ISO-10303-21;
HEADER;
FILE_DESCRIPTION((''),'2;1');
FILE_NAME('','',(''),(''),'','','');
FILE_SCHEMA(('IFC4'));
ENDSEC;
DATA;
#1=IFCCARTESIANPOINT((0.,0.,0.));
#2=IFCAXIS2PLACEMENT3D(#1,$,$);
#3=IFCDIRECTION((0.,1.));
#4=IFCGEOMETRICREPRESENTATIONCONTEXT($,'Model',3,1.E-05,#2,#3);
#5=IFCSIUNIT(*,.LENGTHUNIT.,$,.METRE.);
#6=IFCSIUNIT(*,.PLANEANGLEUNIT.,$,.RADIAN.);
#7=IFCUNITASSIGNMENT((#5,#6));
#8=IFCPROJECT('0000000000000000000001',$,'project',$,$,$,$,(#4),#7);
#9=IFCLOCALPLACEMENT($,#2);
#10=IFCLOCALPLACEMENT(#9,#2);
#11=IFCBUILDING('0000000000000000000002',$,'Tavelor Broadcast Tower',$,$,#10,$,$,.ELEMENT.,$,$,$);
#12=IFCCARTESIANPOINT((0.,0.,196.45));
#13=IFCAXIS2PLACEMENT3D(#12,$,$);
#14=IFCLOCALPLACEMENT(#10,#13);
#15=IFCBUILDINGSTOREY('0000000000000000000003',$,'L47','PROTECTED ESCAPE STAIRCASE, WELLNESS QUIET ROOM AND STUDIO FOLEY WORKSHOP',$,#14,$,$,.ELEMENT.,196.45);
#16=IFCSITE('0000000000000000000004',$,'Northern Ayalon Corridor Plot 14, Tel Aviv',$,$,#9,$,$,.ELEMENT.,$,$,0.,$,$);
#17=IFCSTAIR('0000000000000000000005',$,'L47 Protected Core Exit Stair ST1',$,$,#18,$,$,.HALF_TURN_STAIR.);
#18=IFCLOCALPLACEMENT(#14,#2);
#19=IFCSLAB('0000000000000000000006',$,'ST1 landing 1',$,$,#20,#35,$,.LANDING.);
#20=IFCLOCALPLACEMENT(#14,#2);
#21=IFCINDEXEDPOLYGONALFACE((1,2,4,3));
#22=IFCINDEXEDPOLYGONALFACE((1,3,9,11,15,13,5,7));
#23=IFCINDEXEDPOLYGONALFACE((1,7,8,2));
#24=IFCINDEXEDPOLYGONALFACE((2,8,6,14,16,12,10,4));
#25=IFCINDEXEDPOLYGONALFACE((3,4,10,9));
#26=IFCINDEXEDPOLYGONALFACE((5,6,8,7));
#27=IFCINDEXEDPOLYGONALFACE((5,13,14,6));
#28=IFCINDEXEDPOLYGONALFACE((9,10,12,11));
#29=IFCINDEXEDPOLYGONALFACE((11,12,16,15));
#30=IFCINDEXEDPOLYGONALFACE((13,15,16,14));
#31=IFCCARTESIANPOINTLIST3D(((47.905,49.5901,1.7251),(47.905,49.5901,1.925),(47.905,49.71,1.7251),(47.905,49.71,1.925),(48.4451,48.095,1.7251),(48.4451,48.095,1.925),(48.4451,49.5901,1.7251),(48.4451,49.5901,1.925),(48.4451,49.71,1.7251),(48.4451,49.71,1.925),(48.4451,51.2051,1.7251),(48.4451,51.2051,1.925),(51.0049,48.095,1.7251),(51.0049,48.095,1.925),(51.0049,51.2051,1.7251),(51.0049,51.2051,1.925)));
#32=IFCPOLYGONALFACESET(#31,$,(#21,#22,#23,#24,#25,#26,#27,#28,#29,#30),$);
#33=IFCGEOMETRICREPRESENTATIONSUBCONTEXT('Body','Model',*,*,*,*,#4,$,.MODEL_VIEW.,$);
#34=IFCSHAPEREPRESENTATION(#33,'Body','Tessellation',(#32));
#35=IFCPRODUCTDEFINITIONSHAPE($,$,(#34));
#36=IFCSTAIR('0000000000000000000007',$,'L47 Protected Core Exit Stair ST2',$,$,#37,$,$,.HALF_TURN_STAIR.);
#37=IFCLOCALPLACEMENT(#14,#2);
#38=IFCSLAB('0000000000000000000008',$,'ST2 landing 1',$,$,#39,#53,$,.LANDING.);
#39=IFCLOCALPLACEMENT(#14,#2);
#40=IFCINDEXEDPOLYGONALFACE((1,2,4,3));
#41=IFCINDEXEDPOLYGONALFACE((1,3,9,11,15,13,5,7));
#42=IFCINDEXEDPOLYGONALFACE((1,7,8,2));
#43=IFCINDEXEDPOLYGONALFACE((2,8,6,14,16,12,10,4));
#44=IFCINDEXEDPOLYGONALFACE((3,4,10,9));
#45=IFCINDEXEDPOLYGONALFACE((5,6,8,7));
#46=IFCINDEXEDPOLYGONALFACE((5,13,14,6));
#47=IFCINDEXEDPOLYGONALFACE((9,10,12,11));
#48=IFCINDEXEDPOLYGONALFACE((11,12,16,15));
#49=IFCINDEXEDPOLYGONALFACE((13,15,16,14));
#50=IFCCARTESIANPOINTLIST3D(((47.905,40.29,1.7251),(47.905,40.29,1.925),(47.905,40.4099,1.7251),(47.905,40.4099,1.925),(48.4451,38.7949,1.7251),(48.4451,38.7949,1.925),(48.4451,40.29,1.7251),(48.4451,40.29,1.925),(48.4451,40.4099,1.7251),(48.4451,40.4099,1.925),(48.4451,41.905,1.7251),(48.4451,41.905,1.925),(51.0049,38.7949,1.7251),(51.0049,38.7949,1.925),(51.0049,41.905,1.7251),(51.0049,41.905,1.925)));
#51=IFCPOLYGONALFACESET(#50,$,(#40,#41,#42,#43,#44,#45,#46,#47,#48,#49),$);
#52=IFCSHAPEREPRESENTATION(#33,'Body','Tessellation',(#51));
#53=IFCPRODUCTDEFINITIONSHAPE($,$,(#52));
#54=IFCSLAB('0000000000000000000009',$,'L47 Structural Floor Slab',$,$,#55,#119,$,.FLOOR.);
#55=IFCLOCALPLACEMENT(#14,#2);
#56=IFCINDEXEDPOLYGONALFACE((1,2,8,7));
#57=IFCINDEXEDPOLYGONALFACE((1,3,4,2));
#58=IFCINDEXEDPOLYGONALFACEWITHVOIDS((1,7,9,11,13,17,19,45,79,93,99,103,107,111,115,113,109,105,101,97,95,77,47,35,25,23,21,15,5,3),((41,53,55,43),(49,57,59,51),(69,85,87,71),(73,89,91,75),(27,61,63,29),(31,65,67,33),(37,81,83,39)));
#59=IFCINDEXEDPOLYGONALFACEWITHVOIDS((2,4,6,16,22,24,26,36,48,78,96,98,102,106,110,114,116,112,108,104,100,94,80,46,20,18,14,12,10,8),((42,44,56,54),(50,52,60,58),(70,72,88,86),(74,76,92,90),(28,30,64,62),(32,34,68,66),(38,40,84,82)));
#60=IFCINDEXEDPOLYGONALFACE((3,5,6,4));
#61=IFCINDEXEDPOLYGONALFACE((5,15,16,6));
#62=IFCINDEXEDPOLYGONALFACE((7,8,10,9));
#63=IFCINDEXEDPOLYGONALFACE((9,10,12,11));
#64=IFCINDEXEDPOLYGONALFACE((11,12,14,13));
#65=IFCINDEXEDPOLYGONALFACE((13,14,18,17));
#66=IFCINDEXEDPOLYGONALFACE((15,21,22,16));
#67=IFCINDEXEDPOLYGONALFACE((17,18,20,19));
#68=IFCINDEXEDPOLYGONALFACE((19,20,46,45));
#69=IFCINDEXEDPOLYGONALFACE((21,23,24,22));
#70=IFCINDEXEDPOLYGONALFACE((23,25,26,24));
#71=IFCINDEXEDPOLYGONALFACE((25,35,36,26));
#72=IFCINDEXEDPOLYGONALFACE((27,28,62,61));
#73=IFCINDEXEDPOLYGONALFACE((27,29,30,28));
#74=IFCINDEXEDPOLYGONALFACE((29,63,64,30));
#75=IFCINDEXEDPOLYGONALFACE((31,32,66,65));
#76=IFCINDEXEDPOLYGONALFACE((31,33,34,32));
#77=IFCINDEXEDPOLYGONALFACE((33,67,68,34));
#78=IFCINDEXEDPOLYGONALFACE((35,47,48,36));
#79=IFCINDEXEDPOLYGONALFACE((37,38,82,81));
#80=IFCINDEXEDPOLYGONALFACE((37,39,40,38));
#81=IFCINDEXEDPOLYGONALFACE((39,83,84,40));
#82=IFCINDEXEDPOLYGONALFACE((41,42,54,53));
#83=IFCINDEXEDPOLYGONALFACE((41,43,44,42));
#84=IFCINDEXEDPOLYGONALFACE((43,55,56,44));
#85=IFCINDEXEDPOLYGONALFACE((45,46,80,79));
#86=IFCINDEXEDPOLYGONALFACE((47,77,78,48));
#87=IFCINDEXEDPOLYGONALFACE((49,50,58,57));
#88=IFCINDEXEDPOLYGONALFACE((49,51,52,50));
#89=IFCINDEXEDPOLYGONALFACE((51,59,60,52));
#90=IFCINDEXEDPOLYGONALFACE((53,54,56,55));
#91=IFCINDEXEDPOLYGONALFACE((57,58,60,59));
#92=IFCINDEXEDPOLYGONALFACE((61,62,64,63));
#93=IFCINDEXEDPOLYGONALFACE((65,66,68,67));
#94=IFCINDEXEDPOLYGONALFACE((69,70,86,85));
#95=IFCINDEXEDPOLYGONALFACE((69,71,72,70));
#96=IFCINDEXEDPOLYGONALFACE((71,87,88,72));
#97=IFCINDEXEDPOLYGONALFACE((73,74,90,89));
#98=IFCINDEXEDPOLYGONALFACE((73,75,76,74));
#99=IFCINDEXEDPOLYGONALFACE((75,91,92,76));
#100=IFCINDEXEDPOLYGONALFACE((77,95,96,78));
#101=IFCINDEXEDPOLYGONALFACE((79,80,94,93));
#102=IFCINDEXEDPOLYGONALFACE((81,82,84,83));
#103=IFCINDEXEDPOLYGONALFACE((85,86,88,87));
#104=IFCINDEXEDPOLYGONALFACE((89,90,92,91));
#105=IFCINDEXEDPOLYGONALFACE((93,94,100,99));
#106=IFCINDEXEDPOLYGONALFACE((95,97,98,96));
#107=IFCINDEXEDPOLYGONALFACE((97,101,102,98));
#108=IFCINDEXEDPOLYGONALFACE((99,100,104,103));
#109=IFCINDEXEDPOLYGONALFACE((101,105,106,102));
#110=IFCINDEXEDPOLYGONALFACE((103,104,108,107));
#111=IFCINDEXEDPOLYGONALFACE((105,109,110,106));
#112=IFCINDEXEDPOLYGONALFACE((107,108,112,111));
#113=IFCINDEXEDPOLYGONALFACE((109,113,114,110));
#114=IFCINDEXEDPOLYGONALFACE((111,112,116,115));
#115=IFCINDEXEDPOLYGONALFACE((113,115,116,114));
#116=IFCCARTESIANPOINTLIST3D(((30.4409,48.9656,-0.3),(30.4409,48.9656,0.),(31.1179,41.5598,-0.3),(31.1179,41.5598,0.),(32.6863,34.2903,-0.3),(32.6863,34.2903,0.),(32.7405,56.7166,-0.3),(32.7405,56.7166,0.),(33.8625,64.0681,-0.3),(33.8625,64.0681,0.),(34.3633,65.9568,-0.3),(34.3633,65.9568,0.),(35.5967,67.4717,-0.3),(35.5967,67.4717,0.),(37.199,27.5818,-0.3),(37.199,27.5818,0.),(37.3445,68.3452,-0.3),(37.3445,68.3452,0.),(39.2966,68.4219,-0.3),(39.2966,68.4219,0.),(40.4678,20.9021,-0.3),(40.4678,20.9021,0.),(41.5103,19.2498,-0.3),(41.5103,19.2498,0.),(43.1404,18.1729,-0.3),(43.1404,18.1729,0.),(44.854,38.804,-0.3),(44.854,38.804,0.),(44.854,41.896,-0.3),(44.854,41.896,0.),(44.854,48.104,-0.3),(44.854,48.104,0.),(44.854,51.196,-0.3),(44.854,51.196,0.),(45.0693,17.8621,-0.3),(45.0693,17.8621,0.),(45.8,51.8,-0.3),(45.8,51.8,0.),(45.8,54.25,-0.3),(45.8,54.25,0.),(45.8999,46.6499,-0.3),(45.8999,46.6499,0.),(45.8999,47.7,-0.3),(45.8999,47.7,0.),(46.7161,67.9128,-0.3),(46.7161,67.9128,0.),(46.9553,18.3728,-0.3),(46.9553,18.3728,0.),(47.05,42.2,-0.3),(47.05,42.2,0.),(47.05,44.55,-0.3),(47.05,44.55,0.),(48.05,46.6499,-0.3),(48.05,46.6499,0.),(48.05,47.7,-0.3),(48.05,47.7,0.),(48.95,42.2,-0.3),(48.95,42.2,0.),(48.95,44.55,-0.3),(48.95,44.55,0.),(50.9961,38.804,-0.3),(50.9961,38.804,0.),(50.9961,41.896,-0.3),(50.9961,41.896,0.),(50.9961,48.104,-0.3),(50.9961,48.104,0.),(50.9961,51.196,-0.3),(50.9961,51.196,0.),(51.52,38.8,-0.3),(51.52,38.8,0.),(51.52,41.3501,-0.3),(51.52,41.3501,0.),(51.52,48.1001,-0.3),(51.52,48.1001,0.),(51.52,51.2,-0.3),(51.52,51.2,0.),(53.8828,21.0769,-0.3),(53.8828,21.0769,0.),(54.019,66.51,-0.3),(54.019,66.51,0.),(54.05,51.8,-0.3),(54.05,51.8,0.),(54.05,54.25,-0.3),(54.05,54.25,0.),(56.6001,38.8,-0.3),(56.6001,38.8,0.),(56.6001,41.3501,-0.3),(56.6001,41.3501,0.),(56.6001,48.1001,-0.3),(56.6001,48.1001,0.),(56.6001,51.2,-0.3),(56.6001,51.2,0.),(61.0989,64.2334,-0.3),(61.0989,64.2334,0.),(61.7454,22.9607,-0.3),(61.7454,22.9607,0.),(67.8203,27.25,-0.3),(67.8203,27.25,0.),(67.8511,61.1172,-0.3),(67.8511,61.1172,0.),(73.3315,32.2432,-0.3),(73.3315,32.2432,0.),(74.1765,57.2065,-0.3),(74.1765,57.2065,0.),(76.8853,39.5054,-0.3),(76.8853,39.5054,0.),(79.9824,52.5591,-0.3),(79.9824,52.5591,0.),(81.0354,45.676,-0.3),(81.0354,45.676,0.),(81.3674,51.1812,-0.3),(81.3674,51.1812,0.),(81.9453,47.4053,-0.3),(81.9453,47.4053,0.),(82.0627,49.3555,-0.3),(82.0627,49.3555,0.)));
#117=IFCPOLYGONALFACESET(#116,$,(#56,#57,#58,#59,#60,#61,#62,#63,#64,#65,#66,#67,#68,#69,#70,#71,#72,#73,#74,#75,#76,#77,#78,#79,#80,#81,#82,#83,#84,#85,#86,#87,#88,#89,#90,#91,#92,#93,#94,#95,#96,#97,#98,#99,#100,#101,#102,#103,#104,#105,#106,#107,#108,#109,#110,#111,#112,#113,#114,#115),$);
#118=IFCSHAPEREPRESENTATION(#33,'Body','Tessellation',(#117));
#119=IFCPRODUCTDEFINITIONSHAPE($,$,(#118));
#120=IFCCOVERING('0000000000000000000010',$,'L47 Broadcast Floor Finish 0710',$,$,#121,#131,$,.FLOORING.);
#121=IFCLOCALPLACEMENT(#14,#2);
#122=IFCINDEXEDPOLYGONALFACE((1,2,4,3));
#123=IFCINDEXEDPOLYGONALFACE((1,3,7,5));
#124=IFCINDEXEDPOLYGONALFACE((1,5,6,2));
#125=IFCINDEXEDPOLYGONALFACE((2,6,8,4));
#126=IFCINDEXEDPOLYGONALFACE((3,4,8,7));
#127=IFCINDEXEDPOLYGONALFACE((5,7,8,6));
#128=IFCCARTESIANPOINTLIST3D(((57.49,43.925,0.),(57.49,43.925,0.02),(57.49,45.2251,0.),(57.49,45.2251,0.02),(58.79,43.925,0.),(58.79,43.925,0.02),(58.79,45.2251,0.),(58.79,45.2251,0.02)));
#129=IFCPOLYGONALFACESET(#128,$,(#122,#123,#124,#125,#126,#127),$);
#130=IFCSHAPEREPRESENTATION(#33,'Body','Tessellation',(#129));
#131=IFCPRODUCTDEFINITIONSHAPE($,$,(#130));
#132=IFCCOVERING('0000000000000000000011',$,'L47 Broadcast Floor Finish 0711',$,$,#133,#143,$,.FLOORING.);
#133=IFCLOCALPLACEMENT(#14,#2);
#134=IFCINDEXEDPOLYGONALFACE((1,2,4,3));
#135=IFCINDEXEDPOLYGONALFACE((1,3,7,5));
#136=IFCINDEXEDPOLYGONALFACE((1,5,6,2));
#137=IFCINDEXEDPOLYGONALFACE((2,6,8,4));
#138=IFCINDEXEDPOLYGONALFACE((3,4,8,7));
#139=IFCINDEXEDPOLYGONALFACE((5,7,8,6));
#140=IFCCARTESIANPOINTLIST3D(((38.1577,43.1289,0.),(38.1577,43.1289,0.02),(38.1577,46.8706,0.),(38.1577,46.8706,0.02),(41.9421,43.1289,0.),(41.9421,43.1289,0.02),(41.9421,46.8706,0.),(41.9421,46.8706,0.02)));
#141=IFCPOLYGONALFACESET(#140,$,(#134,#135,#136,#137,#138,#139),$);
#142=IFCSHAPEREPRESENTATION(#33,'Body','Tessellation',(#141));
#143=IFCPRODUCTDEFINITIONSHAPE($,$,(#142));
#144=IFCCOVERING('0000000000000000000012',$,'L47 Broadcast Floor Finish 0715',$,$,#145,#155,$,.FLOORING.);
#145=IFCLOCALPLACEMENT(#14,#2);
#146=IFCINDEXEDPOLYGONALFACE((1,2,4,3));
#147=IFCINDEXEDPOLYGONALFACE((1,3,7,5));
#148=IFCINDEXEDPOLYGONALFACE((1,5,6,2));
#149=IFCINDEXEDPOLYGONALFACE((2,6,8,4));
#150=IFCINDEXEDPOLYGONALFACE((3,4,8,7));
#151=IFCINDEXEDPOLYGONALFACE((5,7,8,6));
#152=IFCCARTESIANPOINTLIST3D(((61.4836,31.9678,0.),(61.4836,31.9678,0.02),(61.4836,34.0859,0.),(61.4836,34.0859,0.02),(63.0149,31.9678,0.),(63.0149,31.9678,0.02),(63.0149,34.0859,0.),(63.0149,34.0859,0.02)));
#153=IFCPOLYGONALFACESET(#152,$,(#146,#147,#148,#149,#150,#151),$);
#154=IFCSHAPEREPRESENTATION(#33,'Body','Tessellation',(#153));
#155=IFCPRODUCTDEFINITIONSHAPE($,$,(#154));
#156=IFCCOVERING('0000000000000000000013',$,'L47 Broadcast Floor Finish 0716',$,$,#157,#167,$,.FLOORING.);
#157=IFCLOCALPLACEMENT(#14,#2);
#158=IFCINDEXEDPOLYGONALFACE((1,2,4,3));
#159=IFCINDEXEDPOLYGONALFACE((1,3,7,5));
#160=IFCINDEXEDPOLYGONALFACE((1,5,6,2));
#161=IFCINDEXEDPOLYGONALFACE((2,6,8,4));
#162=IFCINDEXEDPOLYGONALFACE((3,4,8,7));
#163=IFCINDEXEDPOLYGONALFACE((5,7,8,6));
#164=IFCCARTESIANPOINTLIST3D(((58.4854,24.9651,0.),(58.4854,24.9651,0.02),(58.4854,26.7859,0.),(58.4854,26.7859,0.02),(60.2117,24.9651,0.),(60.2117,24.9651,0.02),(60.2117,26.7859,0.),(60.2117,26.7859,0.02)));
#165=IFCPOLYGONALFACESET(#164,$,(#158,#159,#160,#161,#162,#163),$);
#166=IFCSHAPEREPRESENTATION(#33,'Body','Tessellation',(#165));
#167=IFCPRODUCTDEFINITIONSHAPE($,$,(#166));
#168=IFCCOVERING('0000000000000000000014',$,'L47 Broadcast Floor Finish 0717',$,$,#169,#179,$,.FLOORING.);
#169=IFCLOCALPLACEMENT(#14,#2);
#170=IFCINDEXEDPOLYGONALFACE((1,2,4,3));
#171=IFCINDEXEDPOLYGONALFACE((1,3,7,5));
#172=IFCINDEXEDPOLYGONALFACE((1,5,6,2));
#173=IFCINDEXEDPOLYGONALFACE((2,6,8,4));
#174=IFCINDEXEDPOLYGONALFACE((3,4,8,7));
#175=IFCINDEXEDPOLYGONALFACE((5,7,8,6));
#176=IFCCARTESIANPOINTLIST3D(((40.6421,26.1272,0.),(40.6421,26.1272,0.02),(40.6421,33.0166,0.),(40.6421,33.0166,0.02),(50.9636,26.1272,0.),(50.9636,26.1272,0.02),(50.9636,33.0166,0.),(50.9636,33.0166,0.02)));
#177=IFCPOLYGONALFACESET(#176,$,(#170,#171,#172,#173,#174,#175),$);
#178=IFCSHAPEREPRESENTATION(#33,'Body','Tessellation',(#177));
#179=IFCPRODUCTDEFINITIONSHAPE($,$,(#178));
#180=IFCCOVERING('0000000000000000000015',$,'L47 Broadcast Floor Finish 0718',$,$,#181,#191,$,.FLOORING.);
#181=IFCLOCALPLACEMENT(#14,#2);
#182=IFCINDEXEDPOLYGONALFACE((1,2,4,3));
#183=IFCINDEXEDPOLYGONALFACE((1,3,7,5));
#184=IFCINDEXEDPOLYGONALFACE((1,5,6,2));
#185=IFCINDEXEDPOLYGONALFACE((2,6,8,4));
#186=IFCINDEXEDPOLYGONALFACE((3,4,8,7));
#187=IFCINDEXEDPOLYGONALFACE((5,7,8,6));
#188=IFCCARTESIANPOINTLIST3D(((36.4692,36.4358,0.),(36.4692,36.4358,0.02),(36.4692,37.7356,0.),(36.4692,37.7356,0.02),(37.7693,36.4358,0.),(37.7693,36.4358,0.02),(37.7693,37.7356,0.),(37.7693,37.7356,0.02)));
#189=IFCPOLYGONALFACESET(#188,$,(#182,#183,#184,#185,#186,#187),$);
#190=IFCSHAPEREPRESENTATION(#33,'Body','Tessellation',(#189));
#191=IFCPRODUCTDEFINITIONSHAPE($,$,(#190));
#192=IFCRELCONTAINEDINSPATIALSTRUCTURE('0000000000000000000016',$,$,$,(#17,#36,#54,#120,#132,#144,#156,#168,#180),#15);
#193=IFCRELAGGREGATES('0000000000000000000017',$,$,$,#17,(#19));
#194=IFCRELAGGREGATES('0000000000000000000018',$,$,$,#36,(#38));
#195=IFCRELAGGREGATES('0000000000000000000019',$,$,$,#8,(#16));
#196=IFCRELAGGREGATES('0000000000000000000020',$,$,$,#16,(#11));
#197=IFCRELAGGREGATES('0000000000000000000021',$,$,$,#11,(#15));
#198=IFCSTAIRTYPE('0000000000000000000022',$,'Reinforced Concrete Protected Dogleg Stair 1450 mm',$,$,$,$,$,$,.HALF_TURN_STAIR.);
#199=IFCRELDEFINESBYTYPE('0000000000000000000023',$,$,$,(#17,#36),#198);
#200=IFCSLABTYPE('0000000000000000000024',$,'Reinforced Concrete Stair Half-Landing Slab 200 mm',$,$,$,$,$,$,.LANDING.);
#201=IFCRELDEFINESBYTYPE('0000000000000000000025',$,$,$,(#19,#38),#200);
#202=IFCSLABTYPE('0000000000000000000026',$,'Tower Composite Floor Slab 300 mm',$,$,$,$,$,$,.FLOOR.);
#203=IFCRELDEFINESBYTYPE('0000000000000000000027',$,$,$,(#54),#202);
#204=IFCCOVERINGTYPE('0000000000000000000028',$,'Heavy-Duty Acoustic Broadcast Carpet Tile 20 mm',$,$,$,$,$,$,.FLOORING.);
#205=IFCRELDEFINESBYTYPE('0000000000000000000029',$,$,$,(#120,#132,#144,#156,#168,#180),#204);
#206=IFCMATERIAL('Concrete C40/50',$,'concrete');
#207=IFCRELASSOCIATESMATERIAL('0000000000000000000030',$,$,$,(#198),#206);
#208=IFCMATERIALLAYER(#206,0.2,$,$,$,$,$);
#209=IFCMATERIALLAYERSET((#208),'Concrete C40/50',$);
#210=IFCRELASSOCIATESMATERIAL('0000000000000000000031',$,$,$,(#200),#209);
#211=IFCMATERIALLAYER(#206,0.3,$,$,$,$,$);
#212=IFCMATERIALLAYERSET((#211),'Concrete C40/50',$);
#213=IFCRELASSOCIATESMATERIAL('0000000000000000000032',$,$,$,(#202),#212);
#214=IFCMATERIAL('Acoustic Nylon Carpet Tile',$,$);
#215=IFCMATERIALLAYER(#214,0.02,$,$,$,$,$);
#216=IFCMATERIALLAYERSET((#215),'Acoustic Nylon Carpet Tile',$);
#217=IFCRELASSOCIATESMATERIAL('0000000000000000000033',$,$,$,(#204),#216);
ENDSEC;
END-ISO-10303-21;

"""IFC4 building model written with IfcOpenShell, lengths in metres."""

from ifc_helpers import new_model, si_unit, direction, frame, origin, place, context, subcontext, project, spatial, polyline, outline, extrude, material, layer, layer_set, type_object, element, aggregate, save


model = new_model("IFC4")

# Units and contexts
model_context = context("Model", 3, precision=1e-05, world=origin(), true_north=direction((0.0, 1.0)))
body_context = subcontext(model_context, "Body", "Model", "MODEL_VIEW")
ifc_project = project(units=[si_unit("LENGTHUNIT", "METRE"), si_unit("PLANEANGLEUNIT", "RADIAN")], contexts=[model_context])

# Site, building, storey
site_placement = place(None, origin())
site = spatial("IfcSite", under=ifc_project, at=site_placement, Name="Northern Ayalon Corridor Plot 14, Tel Aviv", CompositionType="ELEMENT", RefElevation=0.0)
building_placement = place(site_placement, origin())
building = spatial("IfcBuilding", under=site, at=building_placement, Name="Tavelor Broadcast Tower", CompositionType="ELEMENT")
storey_placement = place(building_placement, frame((0.0, 0.0, 196.45)))
storey = spatial("IfcBuildingStorey", under=building, at=storey_placement, Name="L47", Description="PROTECTED ESCAPE STAIRCASE, WELLNESS QUIET ROOM AND STUDIO FOLEY WORKSHOP", CompositionType="ELEMENT", Elevation=196.45)

# Stairs, slabs
ifc_material_1 = material(Name="Concrete C40/50", Category="concrete")
stair_type = type_object("IfcStairType", Name="Reinforced Concrete Protected Dogleg Stair 1450 mm", PredefinedType="HALF_TURN_STAIR", material=ifc_material_1)
stair_1_placement = place(storey_placement, origin())
stair_1 = element("IfcStair", 1, at=stair_1_placement, inside=storey, type_object=stair_type, Name="L47 Protected Core Exit Stair ST1", PredefinedType="HALF_TURN_STAIR")
ifc_layer_1 = layer(ifc_material_1, 0.2)
ifc_layer_set_1 = layer_set([ifc_layer_1], Name="Concrete C40/50")
slab_type_1 = type_object("IfcSlabType", Name="Reinforced Concrete Stair Half-Landing Slab 200 mm", PredefinedType="LANDING", material=ifc_layer_set_1)
slab_1_placement = place(storey_placement, frame((0.0, 0.0, 1.7251)))
slab_1 = element("IfcSlab", 2, at=slab_1_placement, type_object=slab_type_1, Name="ST1 landing 1", PredefinedType="LANDING", context=body_context, shape_type="SweptSolid", body=[
    extrude(outline(polyline([(48.4451, 49.5901), (48.4451, 48.095), (51.0049, 48.095), (51.0049, 51.2051), (48.4451, 51.2051), (48.4451, 49.71), (47.905, 49.71), (47.905, 49.5901), (48.4451, 49.5901)])), origin(), (0.0, 0.0, 1.0), 0.2),
])
aggregate(stair_1, [slab_1])
stair_2_placement = place(storey_placement, origin())
stair_2 = element("IfcStair", 3, at=stair_2_placement, inside=storey, type_object=stair_type, Name="L47 Protected Core Exit Stair ST2", PredefinedType="HALF_TURN_STAIR")
slab_2_placement = place(storey_placement, frame((0.0, 0.0, 1.7251)))
slab_2 = element("IfcSlab", 4, at=slab_2_placement, type_object=slab_type_1, Name="ST2 landing 1", PredefinedType="LANDING", context=body_context, shape_type="SweptSolid", body=[
    extrude(outline(polyline([(48.4451, 40.29), (48.4451, 38.7949), (51.0049, 38.7949), (51.0049, 41.905), (48.4451, 41.905), (48.4451, 40.4099), (47.905, 40.4099), (47.905, 40.29), (48.4451, 40.29)])), origin(), (0.0, 0.0, 1.0), 0.2),
])
aggregate(stair_2, [slab_2])

# Slab
ifc_layer_2 = layer(ifc_material_1, 0.3)
ifc_layer_set_2 = layer_set([ifc_layer_2], Name="Concrete C40/50")
slab_type_2 = type_object("IfcSlabType", Name="Tower Composite Floor Slab 300 mm", PredefinedType="FLOOR", material=ifc_layer_set_2)
slab_3_placement = place(storey_placement, frame((0.0, 0.0, -0.3)))
element("IfcSlab", 5, at=slab_3_placement, inside=storey, type_object=slab_type_2, Name="L47 Structural Floor Slab", PredefinedType="FLOOR", context=body_context, shape_type="SweptSolid", body=[
    extrude(outline(polyline([(39.2966, 68.4219), (37.3445, 68.3452), (35.5967, 67.4717), (34.3633, 65.9568), (33.8625, 64.0681), (32.7405, 56.7166), (30.4409, 48.9656), (31.1179, 41.5598), (32.6863, 34.2903), (37.199, 27.5818), (40.4678, 20.9021), (41.5103, 19.2498), (43.1404, 18.1729), (45.0693, 17.8621), (46.9553, 18.3728), (53.8828, 21.0769), (61.7454, 22.9607), (67.8203, 27.25), (73.3315, 32.2432), (76.8853, 39.5054), (81.0354, 45.676), (81.9453, 47.4053), (82.0627, 49.3555), (81.3674, 51.1812), (79.9824, 52.5591), (74.1765, 57.2065), (67.8511, 61.1172), (61.0989, 64.2334), (54.019, 66.51), (46.7161, 67.9128), (39.2966, 68.4219)]), holes=[polyline([(56.6001, 41.3501), (56.6001, 38.8), (51.52, 38.8), (51.52, 41.3501), (56.6001, 41.3501)]), polyline([(50.9961, 38.804), (44.854, 38.804), (44.854, 41.896), (50.9961, 41.896), (50.9961, 38.804)]), polyline([(47.05, 42.2), (47.05, 44.55), (48.95, 44.55), (48.95, 42.2), (47.05, 42.2)]), polyline([(48.05, 46.6499), (45.8999, 46.6499), (45.8999, 47.7), (48.05, 47.7), (48.05, 46.6499)]), polyline([(50.9961, 48.104), (44.854, 48.104), (44.854, 51.196), (50.9961, 51.196), (50.9961, 48.104)]), polyline([(56.6001, 48.1001), (51.52, 48.1001), (51.52, 51.2), (56.6001, 51.2), (56.6001, 48.1001)]), polyline([(54.05, 51.8), (45.8, 51.8), (45.8, 54.25), (54.05, 54.25), (54.05, 51.8)])]), origin(), (0.0, 0.0, 1.0), 0.3),
])

# Coverings
ifc_material_2 = material(Name="Acoustic Nylon Carpet Tile")
ifc_layer_3 = layer(ifc_material_2, 0.02)
ifc_layer_set_3 = layer_set([ifc_layer_3], Name="Acoustic Nylon Carpet Tile")
covering_type_1 = type_object("IfcCoveringType", Name="Heavy-Duty Acoustic Broadcast Carpet Tile 20 mm", PredefinedType="FLOORING", material=ifc_layer_set_3)
covering_1_placement = place(storey_placement, origin())
element("IfcCovering", 6, at=covering_1_placement, inside=storey, type_object=covering_type_1, Name="L47 Broadcast Floor Finish 0710", PredefinedType="FLOORING", context=body_context, shape_type="SweptSolid", body=[
    extrude(outline(polyline([(57.49, 43.925), (58.79, 43.925), (58.79, 45.2251), (57.49, 45.2251), (57.49, 43.925)])), origin(), (0.0, 0.0, 1.0), 0.02),
])
covering_2_placement = place(storey_placement, origin())
element("IfcCovering", 7, at=covering_2_placement, inside=storey, type_object=covering_type_1, Name="L47 Broadcast Floor Finish 0711", PredefinedType="FLOORING", context=body_context, shape_type="SweptSolid", body=[
    extrude(outline(polyline([(38.1577, 43.1289), (41.9421, 43.1289), (41.9421, 46.8706), (38.1577, 46.8706), (38.1577, 43.1289)])), origin(), (0.0, 0.0, 1.0), 0.02),
])
covering_3_placement = place(storey_placement, origin())
element("IfcCovering", 8, at=covering_3_placement, inside=storey, type_object=covering_type_1, Name="L47 Broadcast Floor Finish 0715", PredefinedType="FLOORING", context=body_context, shape_type="SweptSolid", body=[
    extrude(outline(polyline([(61.4836, 31.9678), (63.0149, 31.9678), (63.0149, 34.0859), (61.4836, 34.0859), (61.4836, 31.9678)])), origin(), (0.0, 0.0, 1.0), 0.02),
])
covering_4_placement = place(storey_placement, origin())
element("IfcCovering", 9, at=covering_4_placement, inside=storey, type_object=covering_type_1, Name="L47 Broadcast Floor Finish 0716", PredefinedType="FLOORING", context=body_context, shape_type="SweptSolid", body=[
    extrude(outline(polyline([(58.4854, 24.9651), (60.2117, 24.9651), (60.2117, 26.7859), (58.4854, 26.7859), (58.4854, 24.9651)])), origin(), (0.0, 0.0, 1.0), 0.02),
])
covering_5_placement = place(storey_placement, origin())
element("IfcCovering", 10, at=covering_5_placement, inside=storey, type_object=covering_type_1, Name="L47 Broadcast Floor Finish 0717", PredefinedType="FLOORING", context=body_context, shape_type="SweptSolid", body=[
    extrude(outline(polyline([(40.6421, 26.1272), (50.9636, 26.1272), (50.9636, 33.0166), (40.6421, 33.0166), (40.6421, 26.1272)])), origin(), (0.0, 0.0, 1.0), 0.02),
])
covering_6_placement = place(storey_placement, origin())
element("IfcCovering", 11, at=covering_6_placement, inside=storey, type_object=covering_type_1, Name="L47 Broadcast Floor Finish 0718", PredefinedType="FLOORING", context=body_context, shape_type="SweptSolid", body=[
    extrude(outline(polyline([(36.4692, 36.4358), (37.7693, 36.4358), (37.7693, 37.7356), (36.4692, 37.7356), (36.4692, 36.4358)])), origin(), (0.0, 0.0, 1.0), 0.02),
])

save(model, "model.ifc")
